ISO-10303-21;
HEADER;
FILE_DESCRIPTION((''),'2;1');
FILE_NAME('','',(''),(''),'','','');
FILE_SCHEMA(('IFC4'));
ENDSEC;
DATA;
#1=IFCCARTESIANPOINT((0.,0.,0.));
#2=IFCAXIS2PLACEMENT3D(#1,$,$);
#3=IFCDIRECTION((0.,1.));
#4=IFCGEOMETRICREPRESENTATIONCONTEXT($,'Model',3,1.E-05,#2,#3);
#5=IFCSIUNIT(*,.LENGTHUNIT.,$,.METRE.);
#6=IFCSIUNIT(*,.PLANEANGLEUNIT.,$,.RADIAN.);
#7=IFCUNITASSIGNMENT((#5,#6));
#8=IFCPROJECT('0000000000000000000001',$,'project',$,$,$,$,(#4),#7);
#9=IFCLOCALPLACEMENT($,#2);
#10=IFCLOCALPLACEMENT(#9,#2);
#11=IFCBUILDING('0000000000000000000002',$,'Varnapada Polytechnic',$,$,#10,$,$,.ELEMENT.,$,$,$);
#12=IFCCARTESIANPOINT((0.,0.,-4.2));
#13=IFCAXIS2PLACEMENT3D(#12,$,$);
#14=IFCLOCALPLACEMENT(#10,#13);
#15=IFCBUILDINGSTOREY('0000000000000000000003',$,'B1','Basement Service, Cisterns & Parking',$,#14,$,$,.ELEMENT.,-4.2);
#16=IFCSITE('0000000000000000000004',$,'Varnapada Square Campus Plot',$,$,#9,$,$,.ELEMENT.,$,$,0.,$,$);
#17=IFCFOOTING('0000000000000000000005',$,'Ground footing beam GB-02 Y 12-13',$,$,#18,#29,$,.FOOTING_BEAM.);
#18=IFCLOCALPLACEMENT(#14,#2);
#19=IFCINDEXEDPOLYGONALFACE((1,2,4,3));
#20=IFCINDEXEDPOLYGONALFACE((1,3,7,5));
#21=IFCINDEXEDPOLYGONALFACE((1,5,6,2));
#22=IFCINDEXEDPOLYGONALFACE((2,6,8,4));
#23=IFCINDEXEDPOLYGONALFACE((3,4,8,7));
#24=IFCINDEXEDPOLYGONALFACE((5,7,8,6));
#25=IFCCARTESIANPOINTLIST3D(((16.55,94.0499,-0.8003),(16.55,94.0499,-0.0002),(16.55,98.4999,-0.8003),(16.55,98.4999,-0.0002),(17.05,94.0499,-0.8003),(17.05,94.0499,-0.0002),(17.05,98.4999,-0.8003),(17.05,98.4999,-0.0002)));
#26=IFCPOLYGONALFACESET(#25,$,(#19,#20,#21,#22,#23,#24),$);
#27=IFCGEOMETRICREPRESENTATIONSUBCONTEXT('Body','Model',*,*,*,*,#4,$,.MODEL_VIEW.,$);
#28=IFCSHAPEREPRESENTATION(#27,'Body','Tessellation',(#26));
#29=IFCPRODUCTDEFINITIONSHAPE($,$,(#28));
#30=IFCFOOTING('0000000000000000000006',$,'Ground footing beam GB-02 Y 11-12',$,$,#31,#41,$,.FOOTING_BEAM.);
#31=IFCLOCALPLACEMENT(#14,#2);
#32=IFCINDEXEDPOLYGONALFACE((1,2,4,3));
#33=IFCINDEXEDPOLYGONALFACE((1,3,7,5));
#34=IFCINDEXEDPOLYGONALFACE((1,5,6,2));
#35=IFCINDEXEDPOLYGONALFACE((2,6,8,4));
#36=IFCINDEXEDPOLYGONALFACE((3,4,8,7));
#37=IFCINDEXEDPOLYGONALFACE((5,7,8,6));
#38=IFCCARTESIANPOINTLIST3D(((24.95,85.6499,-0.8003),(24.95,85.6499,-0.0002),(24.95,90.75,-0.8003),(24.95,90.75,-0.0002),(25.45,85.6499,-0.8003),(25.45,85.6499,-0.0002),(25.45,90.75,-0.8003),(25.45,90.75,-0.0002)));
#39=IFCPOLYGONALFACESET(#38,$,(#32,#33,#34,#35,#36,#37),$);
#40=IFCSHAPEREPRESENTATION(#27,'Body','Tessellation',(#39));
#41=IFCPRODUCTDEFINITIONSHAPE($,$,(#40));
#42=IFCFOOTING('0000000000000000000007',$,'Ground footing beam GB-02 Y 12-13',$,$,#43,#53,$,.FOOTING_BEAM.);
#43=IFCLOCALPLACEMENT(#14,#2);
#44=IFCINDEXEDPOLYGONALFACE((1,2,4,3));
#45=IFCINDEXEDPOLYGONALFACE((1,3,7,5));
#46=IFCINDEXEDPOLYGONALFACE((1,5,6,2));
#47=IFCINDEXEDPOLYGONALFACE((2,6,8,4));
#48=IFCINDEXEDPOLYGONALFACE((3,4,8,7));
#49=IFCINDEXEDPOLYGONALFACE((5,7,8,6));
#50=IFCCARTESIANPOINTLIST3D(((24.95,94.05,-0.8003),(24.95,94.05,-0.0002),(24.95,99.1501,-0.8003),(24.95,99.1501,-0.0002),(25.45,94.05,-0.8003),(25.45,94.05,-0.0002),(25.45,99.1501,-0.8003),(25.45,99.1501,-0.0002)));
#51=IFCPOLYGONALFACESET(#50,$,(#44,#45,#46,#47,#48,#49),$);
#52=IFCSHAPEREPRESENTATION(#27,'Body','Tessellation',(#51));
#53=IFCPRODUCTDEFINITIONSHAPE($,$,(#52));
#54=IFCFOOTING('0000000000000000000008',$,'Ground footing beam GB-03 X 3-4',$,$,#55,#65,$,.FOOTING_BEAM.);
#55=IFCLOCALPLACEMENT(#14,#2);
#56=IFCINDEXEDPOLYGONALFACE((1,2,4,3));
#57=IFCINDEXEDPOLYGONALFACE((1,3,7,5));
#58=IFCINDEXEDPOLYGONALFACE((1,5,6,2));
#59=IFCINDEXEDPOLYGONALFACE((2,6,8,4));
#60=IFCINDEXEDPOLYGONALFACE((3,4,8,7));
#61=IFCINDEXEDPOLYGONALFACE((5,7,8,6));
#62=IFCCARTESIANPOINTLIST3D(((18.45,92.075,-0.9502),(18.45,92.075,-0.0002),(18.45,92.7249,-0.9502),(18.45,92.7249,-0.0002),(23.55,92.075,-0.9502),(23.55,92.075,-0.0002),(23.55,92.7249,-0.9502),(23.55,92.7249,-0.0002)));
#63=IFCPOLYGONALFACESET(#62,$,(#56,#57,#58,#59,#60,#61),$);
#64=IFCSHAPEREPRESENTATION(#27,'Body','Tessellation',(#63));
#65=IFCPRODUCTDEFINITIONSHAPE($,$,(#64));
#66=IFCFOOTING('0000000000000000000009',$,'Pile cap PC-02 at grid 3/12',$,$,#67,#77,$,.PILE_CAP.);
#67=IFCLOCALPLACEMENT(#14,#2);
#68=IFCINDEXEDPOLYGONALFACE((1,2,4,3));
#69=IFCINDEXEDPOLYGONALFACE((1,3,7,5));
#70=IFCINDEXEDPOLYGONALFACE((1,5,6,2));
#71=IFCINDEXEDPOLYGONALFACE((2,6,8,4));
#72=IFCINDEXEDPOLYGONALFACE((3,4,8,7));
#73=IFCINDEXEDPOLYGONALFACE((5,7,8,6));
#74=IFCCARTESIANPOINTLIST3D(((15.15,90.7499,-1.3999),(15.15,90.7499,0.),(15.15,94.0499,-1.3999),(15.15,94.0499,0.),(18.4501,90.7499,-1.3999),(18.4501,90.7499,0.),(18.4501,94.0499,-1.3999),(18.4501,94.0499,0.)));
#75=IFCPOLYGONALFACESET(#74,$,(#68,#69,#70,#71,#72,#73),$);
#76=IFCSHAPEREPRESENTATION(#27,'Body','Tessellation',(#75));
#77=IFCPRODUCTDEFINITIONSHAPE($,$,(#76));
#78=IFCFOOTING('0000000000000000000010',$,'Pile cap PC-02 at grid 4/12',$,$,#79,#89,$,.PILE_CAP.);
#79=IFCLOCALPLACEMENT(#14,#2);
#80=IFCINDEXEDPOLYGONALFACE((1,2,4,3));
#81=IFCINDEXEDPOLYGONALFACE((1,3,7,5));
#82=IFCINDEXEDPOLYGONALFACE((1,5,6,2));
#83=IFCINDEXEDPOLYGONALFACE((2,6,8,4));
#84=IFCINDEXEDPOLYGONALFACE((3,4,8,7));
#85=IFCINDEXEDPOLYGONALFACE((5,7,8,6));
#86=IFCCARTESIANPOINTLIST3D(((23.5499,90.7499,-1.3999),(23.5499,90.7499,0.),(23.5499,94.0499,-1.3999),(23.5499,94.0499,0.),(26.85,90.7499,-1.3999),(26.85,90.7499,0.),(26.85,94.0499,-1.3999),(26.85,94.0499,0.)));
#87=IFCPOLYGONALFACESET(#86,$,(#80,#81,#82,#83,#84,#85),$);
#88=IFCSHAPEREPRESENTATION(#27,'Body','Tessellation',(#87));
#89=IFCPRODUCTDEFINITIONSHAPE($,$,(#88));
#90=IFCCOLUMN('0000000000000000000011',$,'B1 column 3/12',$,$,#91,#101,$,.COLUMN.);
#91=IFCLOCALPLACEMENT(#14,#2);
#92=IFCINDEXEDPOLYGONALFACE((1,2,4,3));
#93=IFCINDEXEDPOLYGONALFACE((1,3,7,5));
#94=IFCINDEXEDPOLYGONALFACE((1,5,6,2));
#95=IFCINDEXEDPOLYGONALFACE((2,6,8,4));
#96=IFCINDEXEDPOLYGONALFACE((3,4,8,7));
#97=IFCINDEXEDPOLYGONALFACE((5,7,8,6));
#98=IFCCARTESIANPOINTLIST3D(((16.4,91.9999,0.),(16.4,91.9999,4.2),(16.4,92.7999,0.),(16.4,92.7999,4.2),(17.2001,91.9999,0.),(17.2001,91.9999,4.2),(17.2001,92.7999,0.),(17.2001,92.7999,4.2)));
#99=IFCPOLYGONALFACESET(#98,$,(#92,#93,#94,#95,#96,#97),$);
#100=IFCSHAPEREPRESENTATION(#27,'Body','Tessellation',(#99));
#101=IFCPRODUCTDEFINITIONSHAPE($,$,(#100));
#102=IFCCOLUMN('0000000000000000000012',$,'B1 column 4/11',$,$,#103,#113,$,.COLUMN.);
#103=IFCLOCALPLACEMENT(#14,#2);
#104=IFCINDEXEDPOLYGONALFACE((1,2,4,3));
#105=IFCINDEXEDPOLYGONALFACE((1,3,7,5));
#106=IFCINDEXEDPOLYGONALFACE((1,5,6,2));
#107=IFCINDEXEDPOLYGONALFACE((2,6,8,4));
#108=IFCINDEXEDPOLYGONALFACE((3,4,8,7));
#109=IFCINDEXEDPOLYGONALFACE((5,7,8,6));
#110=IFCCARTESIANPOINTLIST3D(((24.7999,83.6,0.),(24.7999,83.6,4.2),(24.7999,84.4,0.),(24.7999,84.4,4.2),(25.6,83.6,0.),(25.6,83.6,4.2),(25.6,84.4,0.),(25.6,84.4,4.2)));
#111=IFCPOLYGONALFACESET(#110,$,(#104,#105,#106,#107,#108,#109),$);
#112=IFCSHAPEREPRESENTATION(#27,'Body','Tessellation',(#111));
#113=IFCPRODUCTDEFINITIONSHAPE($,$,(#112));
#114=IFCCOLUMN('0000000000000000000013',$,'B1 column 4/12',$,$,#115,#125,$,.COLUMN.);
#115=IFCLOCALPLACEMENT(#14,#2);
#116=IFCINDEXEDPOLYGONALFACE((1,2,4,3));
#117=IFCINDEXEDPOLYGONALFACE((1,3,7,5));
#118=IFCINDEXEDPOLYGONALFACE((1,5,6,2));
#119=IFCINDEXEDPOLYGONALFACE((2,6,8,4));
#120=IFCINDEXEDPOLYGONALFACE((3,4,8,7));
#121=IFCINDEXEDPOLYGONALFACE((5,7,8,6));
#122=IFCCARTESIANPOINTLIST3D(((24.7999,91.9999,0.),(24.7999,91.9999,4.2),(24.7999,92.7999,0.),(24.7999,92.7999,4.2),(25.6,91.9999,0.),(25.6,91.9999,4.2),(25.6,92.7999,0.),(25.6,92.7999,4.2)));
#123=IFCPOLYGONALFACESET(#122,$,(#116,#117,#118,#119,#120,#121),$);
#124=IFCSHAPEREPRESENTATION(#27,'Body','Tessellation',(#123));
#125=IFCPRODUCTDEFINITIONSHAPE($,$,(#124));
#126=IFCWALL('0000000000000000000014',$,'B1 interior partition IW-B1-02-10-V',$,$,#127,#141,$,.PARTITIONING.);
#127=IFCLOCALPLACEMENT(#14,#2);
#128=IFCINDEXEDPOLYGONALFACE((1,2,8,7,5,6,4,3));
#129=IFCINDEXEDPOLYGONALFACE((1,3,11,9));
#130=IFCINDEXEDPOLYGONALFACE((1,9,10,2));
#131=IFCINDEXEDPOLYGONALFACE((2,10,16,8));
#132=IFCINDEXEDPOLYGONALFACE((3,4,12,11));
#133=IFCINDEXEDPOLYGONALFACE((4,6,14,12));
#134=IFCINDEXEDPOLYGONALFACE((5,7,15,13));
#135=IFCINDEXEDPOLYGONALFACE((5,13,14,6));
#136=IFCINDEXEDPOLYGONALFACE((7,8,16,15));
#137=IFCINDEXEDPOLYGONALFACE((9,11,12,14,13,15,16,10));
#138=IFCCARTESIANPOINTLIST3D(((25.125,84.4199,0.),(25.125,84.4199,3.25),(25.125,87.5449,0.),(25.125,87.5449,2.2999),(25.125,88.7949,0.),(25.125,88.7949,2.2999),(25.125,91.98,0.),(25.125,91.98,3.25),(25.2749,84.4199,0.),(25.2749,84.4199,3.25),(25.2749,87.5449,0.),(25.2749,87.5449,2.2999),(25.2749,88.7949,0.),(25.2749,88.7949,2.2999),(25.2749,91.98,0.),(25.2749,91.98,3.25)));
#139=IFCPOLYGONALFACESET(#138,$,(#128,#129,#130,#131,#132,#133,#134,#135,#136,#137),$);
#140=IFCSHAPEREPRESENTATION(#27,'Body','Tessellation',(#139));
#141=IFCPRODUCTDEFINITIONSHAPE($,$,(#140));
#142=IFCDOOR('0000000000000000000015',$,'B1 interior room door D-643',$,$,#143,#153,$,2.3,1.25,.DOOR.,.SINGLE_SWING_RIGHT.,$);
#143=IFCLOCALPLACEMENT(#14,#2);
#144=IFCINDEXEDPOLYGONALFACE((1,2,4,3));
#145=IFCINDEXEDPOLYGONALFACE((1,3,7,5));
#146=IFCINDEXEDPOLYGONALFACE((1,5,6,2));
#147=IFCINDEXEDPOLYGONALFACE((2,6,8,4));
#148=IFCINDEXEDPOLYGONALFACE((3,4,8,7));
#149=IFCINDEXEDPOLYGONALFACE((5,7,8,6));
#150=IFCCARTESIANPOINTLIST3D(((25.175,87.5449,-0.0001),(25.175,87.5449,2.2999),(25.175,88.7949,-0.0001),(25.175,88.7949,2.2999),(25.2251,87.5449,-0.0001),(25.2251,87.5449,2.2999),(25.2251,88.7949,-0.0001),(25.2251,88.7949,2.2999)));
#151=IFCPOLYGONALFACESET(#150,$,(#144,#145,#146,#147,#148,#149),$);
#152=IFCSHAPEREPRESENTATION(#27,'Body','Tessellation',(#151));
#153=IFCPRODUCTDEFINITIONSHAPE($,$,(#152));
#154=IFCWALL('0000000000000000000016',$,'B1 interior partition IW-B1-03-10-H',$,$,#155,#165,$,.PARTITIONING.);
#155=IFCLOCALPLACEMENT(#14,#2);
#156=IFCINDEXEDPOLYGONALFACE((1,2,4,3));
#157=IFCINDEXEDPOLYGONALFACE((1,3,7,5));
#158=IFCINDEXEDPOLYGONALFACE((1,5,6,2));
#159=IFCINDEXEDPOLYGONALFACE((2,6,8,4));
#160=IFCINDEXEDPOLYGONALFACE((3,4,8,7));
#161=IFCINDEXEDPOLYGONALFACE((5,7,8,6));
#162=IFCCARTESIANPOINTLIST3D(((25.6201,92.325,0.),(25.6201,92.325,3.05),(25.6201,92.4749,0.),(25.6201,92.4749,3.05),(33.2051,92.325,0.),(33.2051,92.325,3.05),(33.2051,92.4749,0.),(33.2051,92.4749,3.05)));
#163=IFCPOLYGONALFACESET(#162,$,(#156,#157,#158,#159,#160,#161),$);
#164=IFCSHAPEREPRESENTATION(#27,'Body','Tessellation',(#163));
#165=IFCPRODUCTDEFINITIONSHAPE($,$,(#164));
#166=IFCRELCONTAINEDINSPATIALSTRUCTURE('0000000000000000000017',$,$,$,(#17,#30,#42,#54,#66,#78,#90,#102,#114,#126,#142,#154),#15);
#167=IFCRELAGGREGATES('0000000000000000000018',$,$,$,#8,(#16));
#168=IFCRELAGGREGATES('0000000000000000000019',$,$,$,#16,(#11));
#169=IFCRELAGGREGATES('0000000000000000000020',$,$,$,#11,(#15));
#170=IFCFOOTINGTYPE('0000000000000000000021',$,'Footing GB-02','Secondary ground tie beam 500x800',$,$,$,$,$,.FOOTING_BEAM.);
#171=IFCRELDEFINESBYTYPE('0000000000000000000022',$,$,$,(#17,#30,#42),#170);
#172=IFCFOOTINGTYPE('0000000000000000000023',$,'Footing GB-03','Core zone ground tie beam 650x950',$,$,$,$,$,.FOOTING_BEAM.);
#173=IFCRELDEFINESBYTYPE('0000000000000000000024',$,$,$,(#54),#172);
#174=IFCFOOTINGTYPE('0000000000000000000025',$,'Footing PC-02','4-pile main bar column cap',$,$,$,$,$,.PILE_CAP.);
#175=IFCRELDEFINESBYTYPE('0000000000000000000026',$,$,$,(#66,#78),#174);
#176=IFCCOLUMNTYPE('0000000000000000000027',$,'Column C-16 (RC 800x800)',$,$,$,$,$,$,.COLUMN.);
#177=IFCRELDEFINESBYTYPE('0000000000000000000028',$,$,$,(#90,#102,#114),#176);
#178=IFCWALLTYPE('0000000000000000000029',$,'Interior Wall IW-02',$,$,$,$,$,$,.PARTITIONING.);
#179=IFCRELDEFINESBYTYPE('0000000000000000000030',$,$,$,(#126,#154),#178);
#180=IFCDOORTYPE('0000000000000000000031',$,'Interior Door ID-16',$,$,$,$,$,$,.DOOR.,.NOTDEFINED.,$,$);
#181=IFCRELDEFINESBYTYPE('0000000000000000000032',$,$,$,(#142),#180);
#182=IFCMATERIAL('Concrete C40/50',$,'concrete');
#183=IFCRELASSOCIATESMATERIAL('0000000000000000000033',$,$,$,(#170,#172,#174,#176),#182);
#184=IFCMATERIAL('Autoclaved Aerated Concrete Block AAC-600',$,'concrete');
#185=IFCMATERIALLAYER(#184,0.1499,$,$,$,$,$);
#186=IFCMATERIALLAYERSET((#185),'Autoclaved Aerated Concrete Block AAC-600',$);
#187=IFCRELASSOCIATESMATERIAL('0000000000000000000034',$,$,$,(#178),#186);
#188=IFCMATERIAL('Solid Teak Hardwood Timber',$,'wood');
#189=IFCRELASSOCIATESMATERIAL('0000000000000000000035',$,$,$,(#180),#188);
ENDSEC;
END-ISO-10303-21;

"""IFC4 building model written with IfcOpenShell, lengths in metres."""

from ifc_helpers import new_model, si_unit, direction, frame, frame_2d, origin, origin_2d, place, context, subcontext, project, spatial, rectangle, extrude, material, layer, layer_set, material_profile, profile_set, type_object, element, fill, save


model = new_model("IFC4")

# Units and contexts
model_context = context("Model", 3, precision=1e-05, world=origin(), true_north=direction((0.0, 1.0)))
body_context = subcontext(model_context, "Body", "Model", "MODEL_VIEW")
ifc_project = project(units=[si_unit("LENGTHUNIT", "METRE"), si_unit("PLANEANGLEUNIT", "RADIAN")], contexts=[model_context])

# Site, building, storey
site_placement = place(None, origin())
site = spatial("IfcSite", under=ifc_project, at=site_placement, Name="Varnapada Square Campus Plot", CompositionType="ELEMENT", RefElevation=0.0)
building_placement = place(site_placement, origin())
building = spatial("IfcBuilding", under=site, at=building_placement, Name="Varnapada Polytechnic", CompositionType="ELEMENT")
storey_placement = place(building_placement, frame((0.0, 0.0, -4.2)))
storey = spatial("IfcBuildingStorey", under=building, at=storey_placement, Name="B1", Description="Basement Service, Cisterns & Parking", CompositionType="ELEMENT", Elevation=-4.2)

# Shared definitions
ifc_material_1 = material(Name="Concrete C40/50", Category="concrete")

# Footings
footing_type_1 = type_object("IfcFootingType", Name="Footing GB-02", Description="Secondary ground tie beam 500x800", PredefinedType="FOOTING_BEAM", material=ifc_material_1)
footing_1_placement = place(storey_placement, frame((16.8, 96.2749, -0.8003), z_axis=(0.0, 0.0, 1.0), x_axis=(0.0, 1.0, 0.0)))
element("IfcFooting", 1, at=footing_1_placement, inside=storey, type_object=footing_type_1, Name="Ground footing beam GB-02 Y 12-13", PredefinedType="FOOTING_BEAM", context=body_context, shape_type="SweptSolid", body=[
    extrude(rectangle(XDim=4.45, YDim=0.5, at=origin_2d()), origin(), (0.0, 0.0, 1.0), 0.8),
])
for number, where, z_axis, x_axis, name in (
    (2, (25.2, 88.2, -0.8003), (0.0, 0.0, 1.0), (0.0, 1.0, 0.0), "Ground footing beam GB-02 Y 11-12"),
    (3, (25.2, 96.6001, -0.8003), (0.0, 0.0, 1.0), (0.0, 1.0, 0.0), "Ground footing beam GB-02 Y 12-13"),
):
    element("IfcFooting", number, at=place(storey_placement, frame(where, z_axis=z_axis, x_axis=x_axis)), inside=storey, type_object=footing_type_1, Name=name, PredefinedType="FOOTING_BEAM", context=body_context, shape_type="SweptSolid", body=[
        extrude(rectangle(XDim=5.1001, YDim=0.5, at=origin_2d()), origin(), (0.0, 0.0, 1.0), 0.8),
    ])
footing_type_2 = type_object("IfcFootingType", Name="Footing GB-03", Description="Core zone ground tie beam 650x950", PredefinedType="FOOTING_BEAM", material=ifc_material_1)
footing_2_placement = place(storey_placement, frame((21.0, 92.3999, -0.9502), z_axis=(0.0, 0.0, 1.0), x_axis=(1.0, 0.0, 0.0)))
element("IfcFooting", 4, at=footing_2_placement, inside=storey, type_object=footing_type_2, Name="Ground footing beam GB-03 X 3-4", PredefinedType="FOOTING_BEAM", context=body_context, shape_type="SweptSolid", body=[
    extrude(rectangle(XDim=5.1001, YDim=0.6499, at=origin_2d()), origin(), (0.0, 0.0, 1.0), 0.95),
])
footing_type_3 = type_object("IfcFootingType", Name="Footing PC-02", Description="4-pile main bar column cap", PredefinedType="PILE_CAP", material=ifc_material_1)
for number, where, z_axis, x_axis, name in (
    (5, (16.8, 92.3999, -1.3999), (0.0, 0.0, 1.0), (1.0, 0.0, 0.0), "Pile cap PC-02 at grid 3/12"),
    (6, (25.2, 92.3999, -1.3999), (0.0, 0.0, 1.0), (1.0, 0.0, 0.0), "Pile cap PC-02 at grid 4/12"),
):
    element("IfcFooting", number, at=place(storey_placement, frame(where, z_axis=z_axis, x_axis=x_axis)), inside=storey, type_object=footing_type_3, Name=name, PredefinedType="PILE_CAP", context=body_context, shape_type="SweptSolid", body=[
        extrude(rectangle(XDim=3.3, YDim=3.3, at=origin_2d()), origin(), (0.0, 0.0, 1.0), 1.3999),
    ])

# Columns
ifc_material_profile_1 = material_profile(ifc_material_1, rectangle(XDim=0.8, YDim=0.8, at=origin_2d()), Name="RC 800x800")
ifc_profile_set_1 = profile_set([ifc_material_profile_1], Name="Concrete C40/50")
column_type = type_object("IfcColumnType", Name="Column C-16 (RC 800x800)", PredefinedType="COLUMN", material=ifc_profile_set_1)
for number, where, z_axis, x_axis, name in (
    (7, (16.8, 92.3999, 0.0), (0.0, 0.0, 1.0), (1.0, 0.0, 0.0), "B1 column 3/12"),
    (8, (25.2, 84.0, 0.0), (0.0, 0.0, 1.0), (1.0, 0.0, 0.0), "B1 column 4/11"),
    (9, (25.2, 92.3999, 0.0), (0.0, 0.0, 1.0), (1.0, 0.0, 0.0), "B1 column 4/12"),
):
    element("IfcColumn", number, at=place(storey_placement, frame(where, z_axis=z_axis, x_axis=x_axis)), inside=storey, type_object=column_type, Name=name, PredefinedType="COLUMN", context=body_context, shape_type="SweptSolid", body=[
        extrude(rectangle(XDim=0.8, YDim=0.8, at=origin_2d()), origin(), (0.0, 0.0, 1.0), 4.2),
    ])

# Wall, opening, door
ifc_material_2 = material(Name="Autoclaved Aerated Concrete Block AAC-600", Category="concrete")
ifc_layer_1 = layer(ifc_material_2, 0.1499)
ifc_layer_set_1 = layer_set([ifc_layer_1], Name="Autoclaved Aerated Concrete Block AAC-600")
wall_type_1 = type_object("IfcWallType", Name="Interior Wall IW-02", PredefinedType="PARTITIONING", material=ifc_layer_set_1)
wall_1_placement = place(storey_placement, frame((25.2, 84.4199, 0.0), z_axis=(0.0, 0.0, 1.0), x_axis=(0.0, 1.0, 0.0)))
wall_1 = element("IfcWall", 10, at=wall_1_placement, inside=storey, type_object=wall_type_1, Name="B1 interior partition IW-B1-02-10-V", PredefinedType="PARTITIONING", context=body_context, shape_type="SweptSolid", body=[
    extrude(rectangle(XDim=7.5601, YDim=0.1499, at=frame_2d((3.78, 0.0))), origin(), (0.0, 0.0, 1.0), 3.25),
])
opening_1_placement = place(wall_1_placement, frame((3.125, 0.0, 0.0)))
opening_1 = element("IfcOpeningElement", 11, at=opening_1_placement, cuts=wall_1, PredefinedType="OPENING", context=body_context, shape_type="SweptSolid", body=[
    extrude(rectangle(XDim=1.25, YDim=2.3, at=frame_2d((0.625, 1.1499))), frame((0.0, 0.085, 0.0), z_axis=(0.0, -1.0, 0.0), x_axis=(1.0, 0.0, 0.0)), (0.0, 0.0, 1.0), 0.1699),
])
ifc_material_3 = material(Name="Solid Teak Hardwood Timber", Category="wood")
door_type_1 = type_object("IfcDoorType", Name="Interior Door ID-16", OperationType="NOTDEFINED", PredefinedType="DOOR", material=ifc_material_3)
door_1_placement = place(opening_1_placement, origin())
door_1 = element("IfcDoor", 12, at=door_1_placement, inside=storey, type_object=door_type_1, Name="B1 interior room door D-643", OperationType="SINGLE_SWING_RIGHT", OverallHeight=2.3, OverallWidth=1.25, PredefinedType="DOOR", context=body_context, shape_type="SweptSolid", body=[
    extrude(rectangle(XDim=1.25, YDim=2.3, at=frame_2d((0.625, 1.1499))), frame((0.0, 0.0249, 0.0), z_axis=(0.0, -1.0, 0.0), x_axis=(1.0, 0.0, 0.0)), (0.0, 0.0, 1.0), 0.05),
])
fill(opening_1, door_1)

# Wall
wall_2_placement = place(storey_placement, frame((25.6201, 92.3999, 0.0), z_axis=(0.0, 0.0, 1.0), x_axis=(1.0, 0.0, 0.0)))
element("IfcWall", 13, at=wall_2_placement, inside=storey, type_object=wall_type_1, Name="B1 interior partition IW-B1-03-10-H", PredefinedType="PARTITIONING", context=body_context, shape_type="SweptSolid", body=[
    extrude(rectangle(XDim=7.585, YDim=0.1499, at=frame_2d((3.7925, 0.0))), origin(), (0.0, 0.0, 1.0), 3.05),
])

save(model, "model.ifc")
